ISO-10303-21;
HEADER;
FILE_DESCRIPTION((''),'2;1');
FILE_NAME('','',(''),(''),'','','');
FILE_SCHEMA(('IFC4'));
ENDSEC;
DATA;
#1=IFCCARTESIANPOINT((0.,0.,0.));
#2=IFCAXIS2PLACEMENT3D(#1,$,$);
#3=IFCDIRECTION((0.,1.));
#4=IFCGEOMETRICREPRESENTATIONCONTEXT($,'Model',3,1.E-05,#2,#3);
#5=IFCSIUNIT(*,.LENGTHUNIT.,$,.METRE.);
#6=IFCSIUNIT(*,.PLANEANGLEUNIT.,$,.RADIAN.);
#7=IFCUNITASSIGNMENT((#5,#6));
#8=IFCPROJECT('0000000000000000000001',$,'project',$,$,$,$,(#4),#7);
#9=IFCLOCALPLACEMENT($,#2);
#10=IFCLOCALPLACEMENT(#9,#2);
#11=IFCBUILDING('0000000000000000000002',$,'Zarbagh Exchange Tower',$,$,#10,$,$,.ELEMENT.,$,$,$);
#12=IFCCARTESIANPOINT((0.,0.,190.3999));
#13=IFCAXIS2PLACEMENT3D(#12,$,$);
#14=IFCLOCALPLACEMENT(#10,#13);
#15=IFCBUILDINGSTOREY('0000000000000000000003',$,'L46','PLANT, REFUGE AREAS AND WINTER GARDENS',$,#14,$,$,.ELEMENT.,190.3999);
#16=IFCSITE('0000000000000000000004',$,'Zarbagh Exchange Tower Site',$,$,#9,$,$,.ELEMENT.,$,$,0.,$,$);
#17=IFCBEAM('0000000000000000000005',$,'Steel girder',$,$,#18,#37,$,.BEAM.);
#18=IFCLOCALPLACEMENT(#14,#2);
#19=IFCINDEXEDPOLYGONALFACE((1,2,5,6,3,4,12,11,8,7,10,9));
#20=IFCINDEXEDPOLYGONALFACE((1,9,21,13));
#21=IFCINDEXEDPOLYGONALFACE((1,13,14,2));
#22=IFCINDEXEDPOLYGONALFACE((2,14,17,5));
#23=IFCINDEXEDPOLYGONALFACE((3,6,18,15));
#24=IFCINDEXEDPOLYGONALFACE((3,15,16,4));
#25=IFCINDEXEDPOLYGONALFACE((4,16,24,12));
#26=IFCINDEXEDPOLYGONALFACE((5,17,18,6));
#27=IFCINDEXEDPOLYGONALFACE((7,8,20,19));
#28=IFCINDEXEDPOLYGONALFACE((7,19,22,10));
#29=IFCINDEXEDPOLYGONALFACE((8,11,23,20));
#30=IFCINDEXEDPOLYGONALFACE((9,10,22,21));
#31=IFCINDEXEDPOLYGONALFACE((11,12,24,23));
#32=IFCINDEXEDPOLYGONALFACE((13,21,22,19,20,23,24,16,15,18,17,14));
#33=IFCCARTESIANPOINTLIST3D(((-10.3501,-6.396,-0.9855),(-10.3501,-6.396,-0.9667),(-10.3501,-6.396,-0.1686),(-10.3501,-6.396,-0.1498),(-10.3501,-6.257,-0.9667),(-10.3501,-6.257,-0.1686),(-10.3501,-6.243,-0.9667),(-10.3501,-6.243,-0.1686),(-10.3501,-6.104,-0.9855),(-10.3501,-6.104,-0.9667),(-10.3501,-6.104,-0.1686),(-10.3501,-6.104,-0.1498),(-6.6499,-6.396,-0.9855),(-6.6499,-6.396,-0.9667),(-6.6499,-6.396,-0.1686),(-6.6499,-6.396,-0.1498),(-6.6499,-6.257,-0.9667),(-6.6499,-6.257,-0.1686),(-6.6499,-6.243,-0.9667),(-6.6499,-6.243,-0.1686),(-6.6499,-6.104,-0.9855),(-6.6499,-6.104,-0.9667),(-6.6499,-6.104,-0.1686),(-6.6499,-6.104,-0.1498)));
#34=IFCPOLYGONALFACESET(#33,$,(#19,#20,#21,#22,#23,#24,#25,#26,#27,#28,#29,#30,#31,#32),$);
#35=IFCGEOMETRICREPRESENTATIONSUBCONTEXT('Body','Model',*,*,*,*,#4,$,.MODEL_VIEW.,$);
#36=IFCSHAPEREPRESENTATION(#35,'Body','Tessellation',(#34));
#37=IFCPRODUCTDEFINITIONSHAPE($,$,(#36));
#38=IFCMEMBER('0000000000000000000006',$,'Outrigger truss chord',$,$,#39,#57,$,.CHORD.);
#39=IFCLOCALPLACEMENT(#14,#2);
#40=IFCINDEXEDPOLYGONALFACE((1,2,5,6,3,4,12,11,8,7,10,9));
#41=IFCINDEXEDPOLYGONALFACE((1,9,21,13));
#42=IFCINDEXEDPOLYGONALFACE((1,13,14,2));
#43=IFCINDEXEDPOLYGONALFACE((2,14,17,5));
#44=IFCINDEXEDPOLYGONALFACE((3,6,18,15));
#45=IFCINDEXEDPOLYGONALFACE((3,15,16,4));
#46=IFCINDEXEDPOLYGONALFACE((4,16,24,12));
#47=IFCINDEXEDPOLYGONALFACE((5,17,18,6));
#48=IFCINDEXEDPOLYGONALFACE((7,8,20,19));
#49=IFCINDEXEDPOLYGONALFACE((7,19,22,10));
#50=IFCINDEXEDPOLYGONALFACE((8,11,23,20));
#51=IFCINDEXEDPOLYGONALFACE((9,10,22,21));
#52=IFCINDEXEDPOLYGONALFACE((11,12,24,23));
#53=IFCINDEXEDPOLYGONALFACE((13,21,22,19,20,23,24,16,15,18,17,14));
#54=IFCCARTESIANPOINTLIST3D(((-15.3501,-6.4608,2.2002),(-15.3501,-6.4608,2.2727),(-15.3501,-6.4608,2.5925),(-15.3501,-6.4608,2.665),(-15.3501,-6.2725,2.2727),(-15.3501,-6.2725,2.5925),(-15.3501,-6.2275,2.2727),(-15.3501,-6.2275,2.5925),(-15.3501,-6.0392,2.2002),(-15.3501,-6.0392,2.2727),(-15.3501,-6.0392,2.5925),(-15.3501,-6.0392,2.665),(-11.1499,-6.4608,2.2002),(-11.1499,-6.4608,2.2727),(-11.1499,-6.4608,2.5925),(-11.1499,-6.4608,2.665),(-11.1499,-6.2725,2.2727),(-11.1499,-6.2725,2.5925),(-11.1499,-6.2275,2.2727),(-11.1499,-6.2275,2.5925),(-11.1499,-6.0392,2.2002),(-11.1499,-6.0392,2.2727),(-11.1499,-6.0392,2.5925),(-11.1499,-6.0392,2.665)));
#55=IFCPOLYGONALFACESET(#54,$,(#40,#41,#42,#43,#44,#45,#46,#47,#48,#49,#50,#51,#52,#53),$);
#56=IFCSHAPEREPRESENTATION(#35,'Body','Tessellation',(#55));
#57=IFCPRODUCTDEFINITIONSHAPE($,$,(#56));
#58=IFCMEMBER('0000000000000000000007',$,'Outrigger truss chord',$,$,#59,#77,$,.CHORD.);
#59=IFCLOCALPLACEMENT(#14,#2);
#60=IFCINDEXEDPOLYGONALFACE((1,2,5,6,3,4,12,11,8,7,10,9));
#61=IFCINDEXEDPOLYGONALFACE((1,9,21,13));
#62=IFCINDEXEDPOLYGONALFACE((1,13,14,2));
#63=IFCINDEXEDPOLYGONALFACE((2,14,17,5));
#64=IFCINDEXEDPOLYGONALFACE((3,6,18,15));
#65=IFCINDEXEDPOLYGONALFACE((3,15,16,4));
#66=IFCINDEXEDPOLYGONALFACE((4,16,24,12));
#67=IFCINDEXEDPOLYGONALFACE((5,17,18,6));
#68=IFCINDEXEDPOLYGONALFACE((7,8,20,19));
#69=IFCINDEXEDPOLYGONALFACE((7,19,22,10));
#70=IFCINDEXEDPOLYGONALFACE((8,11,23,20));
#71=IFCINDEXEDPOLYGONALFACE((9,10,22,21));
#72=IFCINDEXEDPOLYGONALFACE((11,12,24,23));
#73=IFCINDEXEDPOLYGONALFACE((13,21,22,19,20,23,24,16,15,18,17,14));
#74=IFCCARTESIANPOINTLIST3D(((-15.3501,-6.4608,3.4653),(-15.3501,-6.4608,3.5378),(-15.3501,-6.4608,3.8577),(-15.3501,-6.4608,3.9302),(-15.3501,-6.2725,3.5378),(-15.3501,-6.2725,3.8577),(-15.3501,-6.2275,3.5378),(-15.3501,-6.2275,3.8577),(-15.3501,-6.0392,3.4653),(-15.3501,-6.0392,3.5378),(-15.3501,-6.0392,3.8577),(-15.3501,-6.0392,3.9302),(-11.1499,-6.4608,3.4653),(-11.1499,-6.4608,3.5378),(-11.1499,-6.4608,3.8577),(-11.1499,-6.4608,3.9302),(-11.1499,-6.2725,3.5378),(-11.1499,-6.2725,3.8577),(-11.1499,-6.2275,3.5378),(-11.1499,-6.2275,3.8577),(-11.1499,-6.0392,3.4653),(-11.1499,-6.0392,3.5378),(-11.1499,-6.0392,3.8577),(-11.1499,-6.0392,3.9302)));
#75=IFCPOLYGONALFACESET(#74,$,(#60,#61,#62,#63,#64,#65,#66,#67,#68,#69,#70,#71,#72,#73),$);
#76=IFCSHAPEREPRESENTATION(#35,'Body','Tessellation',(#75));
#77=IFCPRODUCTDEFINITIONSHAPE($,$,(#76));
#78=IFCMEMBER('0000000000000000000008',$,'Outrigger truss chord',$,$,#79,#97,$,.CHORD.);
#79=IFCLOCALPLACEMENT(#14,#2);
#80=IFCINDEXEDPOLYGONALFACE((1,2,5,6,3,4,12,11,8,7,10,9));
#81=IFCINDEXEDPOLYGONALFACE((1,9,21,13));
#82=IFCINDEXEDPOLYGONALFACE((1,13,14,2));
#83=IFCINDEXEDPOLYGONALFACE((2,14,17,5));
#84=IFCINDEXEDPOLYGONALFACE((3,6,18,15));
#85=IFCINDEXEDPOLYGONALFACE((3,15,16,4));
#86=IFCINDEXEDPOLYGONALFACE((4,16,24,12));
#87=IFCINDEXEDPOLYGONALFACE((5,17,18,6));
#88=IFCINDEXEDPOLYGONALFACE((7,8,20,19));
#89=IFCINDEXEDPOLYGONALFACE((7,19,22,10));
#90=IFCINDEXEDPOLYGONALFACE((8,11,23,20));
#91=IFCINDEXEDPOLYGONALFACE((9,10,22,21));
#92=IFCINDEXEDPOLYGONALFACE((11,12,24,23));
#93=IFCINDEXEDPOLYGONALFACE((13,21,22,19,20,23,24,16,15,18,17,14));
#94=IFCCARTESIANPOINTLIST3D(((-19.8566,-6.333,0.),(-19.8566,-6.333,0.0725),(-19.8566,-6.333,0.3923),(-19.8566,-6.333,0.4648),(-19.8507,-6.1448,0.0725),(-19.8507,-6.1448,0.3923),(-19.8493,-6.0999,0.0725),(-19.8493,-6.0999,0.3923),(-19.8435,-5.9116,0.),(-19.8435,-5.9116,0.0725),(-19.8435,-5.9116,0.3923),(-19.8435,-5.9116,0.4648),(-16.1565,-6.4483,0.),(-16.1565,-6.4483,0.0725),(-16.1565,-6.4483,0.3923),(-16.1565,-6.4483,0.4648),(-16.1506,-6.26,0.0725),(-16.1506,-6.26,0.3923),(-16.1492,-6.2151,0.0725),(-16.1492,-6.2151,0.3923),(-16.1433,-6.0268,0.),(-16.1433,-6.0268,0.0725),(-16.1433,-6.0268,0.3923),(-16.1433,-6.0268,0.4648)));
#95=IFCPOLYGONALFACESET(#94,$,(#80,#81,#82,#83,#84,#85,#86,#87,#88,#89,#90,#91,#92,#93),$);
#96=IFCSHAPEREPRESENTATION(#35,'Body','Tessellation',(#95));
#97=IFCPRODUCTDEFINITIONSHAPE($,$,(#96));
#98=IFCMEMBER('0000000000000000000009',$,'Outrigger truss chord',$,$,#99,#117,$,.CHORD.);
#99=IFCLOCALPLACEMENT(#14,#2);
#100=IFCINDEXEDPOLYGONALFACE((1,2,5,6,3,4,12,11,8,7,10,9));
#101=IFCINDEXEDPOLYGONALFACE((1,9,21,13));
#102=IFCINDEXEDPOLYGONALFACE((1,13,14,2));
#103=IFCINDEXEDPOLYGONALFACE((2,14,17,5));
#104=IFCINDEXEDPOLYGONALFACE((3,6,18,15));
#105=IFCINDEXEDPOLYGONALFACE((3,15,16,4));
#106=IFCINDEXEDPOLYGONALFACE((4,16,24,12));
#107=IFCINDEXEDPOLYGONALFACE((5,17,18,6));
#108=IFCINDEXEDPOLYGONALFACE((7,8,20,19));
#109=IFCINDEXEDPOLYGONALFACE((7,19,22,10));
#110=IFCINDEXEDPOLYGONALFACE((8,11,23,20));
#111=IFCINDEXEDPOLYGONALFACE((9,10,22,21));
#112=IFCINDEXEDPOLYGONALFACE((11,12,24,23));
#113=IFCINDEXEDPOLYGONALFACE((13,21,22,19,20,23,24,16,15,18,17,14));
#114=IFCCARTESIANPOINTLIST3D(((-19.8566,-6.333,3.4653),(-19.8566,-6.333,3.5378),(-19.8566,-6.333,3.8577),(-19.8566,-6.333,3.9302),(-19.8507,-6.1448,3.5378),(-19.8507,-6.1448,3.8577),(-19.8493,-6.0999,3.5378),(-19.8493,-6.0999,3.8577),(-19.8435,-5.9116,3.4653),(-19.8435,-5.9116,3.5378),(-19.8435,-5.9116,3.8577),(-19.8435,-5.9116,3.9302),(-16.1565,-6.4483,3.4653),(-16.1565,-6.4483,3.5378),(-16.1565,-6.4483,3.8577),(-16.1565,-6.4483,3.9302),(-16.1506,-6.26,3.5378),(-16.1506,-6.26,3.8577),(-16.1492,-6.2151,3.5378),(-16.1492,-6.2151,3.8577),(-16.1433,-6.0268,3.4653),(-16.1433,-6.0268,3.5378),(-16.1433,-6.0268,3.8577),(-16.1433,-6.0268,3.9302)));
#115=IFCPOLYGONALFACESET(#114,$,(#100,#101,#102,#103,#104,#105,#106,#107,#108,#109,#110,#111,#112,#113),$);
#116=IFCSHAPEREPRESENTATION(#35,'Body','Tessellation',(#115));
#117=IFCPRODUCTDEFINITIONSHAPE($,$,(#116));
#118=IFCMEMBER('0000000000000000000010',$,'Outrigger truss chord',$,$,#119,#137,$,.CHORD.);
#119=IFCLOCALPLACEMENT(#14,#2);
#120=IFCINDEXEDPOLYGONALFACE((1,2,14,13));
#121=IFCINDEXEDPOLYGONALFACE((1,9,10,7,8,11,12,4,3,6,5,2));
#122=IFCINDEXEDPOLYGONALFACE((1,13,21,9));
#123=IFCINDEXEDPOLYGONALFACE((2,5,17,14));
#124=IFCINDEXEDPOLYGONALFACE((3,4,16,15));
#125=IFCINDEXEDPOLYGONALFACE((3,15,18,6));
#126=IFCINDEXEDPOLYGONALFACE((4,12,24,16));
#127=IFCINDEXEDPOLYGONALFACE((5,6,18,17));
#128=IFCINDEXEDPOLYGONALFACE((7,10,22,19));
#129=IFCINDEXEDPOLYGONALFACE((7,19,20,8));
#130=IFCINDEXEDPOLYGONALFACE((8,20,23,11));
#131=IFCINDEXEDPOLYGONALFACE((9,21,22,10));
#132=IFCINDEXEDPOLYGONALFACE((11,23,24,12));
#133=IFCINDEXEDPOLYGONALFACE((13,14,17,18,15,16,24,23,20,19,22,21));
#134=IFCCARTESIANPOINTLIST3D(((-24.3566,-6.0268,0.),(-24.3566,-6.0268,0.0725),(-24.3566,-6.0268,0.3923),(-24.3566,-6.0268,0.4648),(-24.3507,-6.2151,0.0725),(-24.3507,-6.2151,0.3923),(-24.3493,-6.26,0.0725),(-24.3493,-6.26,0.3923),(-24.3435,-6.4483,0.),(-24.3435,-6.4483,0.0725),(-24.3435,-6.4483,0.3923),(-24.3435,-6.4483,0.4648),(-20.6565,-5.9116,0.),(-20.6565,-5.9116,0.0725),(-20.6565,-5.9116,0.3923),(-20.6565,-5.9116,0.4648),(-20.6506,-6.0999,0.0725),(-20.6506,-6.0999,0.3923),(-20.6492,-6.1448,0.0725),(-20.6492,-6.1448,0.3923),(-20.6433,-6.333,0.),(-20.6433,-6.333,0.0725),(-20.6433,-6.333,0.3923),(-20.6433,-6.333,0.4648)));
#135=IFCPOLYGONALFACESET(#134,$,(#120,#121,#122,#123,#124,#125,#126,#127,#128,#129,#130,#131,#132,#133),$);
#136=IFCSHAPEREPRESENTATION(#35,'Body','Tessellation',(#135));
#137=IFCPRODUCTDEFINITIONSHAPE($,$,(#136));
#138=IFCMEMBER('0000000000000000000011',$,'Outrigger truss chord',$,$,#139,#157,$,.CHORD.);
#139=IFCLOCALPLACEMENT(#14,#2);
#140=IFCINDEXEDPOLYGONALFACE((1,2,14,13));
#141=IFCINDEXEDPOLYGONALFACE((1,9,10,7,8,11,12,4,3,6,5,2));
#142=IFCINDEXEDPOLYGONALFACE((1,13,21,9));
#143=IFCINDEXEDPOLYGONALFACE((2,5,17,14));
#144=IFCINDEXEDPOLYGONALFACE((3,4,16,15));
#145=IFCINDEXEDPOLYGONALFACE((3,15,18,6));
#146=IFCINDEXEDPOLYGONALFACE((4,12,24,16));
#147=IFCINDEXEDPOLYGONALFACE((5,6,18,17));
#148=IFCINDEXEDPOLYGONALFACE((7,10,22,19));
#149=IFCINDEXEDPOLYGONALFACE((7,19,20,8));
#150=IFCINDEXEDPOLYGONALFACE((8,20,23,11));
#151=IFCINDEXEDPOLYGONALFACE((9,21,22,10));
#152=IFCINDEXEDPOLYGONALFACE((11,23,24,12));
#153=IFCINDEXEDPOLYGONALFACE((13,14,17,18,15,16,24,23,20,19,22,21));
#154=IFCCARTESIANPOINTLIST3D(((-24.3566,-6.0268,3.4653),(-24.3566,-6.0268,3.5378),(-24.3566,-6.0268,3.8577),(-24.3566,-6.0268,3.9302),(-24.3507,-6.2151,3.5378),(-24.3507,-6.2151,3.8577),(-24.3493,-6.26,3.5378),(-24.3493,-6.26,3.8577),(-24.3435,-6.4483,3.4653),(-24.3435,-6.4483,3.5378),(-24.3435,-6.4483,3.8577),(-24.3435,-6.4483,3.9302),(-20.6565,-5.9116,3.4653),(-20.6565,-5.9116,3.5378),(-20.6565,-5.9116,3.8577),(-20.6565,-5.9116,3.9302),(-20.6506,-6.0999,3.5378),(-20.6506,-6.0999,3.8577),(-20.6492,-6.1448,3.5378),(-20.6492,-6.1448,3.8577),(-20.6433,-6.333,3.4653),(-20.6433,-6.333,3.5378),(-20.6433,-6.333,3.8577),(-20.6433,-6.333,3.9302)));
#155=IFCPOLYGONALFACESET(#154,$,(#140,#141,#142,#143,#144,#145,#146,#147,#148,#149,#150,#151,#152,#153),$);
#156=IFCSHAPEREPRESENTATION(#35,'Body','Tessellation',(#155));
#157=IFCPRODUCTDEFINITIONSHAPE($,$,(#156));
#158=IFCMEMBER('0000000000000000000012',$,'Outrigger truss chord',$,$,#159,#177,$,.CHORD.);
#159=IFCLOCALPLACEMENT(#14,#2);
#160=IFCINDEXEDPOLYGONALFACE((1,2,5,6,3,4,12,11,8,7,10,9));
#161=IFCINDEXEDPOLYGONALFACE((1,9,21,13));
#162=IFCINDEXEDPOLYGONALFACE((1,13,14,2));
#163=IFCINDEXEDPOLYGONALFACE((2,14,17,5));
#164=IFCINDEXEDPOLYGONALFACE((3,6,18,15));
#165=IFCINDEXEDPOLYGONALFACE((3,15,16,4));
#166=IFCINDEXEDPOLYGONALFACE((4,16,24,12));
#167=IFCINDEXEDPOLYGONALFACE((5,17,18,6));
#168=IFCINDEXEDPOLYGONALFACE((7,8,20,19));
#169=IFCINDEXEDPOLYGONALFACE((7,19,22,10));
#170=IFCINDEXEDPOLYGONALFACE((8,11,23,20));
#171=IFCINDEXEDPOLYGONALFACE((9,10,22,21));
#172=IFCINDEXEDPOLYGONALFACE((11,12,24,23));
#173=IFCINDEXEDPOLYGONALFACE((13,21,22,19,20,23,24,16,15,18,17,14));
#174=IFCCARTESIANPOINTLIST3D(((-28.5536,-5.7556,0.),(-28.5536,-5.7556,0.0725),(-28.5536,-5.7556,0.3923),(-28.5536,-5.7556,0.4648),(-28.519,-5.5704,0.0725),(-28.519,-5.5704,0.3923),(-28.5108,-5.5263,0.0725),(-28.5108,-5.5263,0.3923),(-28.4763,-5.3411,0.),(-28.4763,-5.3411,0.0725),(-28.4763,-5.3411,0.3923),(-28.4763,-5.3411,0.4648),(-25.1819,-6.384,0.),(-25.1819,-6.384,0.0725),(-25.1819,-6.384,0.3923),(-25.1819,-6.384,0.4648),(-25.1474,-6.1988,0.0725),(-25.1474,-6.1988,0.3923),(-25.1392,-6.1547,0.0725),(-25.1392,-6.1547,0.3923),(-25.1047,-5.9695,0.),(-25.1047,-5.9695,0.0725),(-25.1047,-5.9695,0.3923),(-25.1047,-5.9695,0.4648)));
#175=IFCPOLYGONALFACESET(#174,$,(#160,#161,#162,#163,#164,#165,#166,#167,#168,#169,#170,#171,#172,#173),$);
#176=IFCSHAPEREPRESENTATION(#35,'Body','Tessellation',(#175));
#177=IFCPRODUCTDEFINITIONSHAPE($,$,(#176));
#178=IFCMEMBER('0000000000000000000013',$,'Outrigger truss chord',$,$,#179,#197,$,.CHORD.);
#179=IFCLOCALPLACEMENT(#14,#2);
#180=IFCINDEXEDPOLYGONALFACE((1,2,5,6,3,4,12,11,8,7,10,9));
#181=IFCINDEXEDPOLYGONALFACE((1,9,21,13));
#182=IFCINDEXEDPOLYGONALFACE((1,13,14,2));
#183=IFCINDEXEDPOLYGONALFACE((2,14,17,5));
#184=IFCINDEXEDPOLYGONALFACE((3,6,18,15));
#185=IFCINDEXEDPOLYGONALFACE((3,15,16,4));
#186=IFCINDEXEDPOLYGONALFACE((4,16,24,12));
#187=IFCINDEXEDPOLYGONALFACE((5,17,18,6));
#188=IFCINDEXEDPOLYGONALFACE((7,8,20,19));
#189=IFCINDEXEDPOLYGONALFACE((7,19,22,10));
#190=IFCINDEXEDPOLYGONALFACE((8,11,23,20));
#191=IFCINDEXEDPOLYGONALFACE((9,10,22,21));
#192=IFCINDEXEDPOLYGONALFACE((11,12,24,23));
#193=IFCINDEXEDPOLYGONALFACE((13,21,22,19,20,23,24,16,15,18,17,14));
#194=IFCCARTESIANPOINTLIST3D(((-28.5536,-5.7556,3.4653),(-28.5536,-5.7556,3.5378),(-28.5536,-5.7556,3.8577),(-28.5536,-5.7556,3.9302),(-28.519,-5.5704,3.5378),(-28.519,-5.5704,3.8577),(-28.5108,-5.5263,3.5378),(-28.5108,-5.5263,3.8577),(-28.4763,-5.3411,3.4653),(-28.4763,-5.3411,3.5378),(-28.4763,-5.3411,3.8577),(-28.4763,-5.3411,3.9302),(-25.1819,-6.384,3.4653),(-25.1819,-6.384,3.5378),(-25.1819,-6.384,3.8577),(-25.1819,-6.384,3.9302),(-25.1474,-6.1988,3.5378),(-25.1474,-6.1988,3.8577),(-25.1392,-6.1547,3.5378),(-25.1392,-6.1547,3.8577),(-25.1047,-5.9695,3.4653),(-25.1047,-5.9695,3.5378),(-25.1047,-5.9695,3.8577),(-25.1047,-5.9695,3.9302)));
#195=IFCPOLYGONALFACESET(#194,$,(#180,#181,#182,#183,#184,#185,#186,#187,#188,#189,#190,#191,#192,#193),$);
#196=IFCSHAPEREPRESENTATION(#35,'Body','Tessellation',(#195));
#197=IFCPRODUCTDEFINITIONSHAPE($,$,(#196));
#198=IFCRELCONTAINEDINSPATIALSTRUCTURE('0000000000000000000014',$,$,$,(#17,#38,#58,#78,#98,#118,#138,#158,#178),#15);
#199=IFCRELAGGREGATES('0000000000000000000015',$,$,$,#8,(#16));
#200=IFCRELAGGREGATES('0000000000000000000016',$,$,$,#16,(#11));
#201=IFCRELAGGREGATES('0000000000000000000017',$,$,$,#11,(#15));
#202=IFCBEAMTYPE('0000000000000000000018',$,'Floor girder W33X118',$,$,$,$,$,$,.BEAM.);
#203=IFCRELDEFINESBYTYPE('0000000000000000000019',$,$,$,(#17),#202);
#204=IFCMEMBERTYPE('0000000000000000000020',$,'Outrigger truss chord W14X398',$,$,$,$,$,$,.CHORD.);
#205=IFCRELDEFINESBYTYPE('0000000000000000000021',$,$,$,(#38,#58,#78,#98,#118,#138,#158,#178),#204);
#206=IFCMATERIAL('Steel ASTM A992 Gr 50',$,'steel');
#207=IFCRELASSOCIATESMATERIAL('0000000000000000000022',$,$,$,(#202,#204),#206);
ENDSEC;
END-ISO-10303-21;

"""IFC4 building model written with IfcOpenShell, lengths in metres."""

from ifc_helpers import new_model, si_unit, direction, frame, origin, origin_2d, place, context, subcontext, project, spatial, i_section, extrude, material, material_profile, profile_set, type_object, element, save


model = new_model("IFC4")

# Units and contexts
model_context = context("Model", 3, precision=1e-05, world=origin(), true_north=direction((0.0, 1.0)))
body_context = subcontext(model_context, "Body", "Model", "MODEL_VIEW")
ifc_project = project(units=[si_unit("LENGTHUNIT", "METRE"), si_unit("PLANEANGLEUNIT", "RADIAN")], contexts=[model_context])

# Site, building, storey
site_placement = place(None, origin())
site = spatial("IfcSite", under=ifc_project, at=site_placement, Name="Zarbagh Exchange Tower Site", CompositionType="ELEMENT", RefElevation=0.0)
building_placement = place(site_placement, origin())
building = spatial("IfcBuilding", under=site, at=building_placement, Name="Zarbagh Exchange Tower", CompositionType="ELEMENT")
storey_placement = place(building_placement, frame((0.0, 0.0, 190.3999)))
storey = spatial("IfcBuildingStorey", under=building, at=storey_placement, Name="L46", Description="PLANT, REFUGE AREAS AND WINTER GARDENS", CompositionType="ELEMENT", Elevation=190.3999)

# Shared definitions
ifc_material_1 = material(Name="Steel ASTM A992 Gr 50", Category="steel")

# Beam
ifc_material_profile_1 = material_profile(ifc_material_1, i_section(OverallWidth=0.292, OverallDepth=0.8357, WebThickness=0.0139, FlangeThickness=0.0188, at=origin_2d()), Name="W33X118")
ifc_profile_set_1 = profile_set([ifc_material_profile_1], Name="Steel ASTM A992 Gr 50")
beam_type_1 = type_object("IfcBeamType", Name="Floor girder W33X118", PredefinedType="BEAM", material=ifc_profile_set_1)
beam_1_placement = place(storey_placement, frame((-10.3501, -6.25, -0.5676), z_axis=(1.0, 0.0, 0.0), x_axis=(0.0, 1.0, 0.0)))
element("IfcBeam", 1, at=beam_1_placement, inside=storey, type_object=beam_type_1, Name="Steel girder", PredefinedType="BEAM", context=body_context, shape_type="SweptSolid", body=[
    extrude(i_section(OverallWidth=0.292, OverallDepth=0.8357, WebThickness=0.0139, FlangeThickness=0.0188, at=origin_2d()), origin(), (0.0, 0.0, 1.0), 3.7002),
])

# Members
ifc_material_profile_2 = material_profile(ifc_material_1, i_section(OverallWidth=0.4216, OverallDepth=0.4648, WebThickness=0.0449, FlangeThickness=0.0725, at=origin_2d()), Name="W14X398")
ifc_profile_set_2 = profile_set([ifc_material_profile_2], Name="Steel ASTM A992 Gr 50")
member_type_1 = type_object("IfcMemberType", Name="Outrigger truss chord W14X398", PredefinedType="CHORD", material=ifc_profile_set_2)
for number, where, z_axis, x_axis, name in (
    (2, (-11.1499, -6.25, 2.4326), (-1.0, 0.0, 0.0), (0.0, -1.0, 0.0), "Outrigger truss chord"),
    (3, (-11.1499, -6.25, 3.6978), (-1.0, 0.0, 0.0), (0.0, -1.0, 0.0), "Outrigger truss chord"),
):
    element("IfcMember", number, at=place(storey_placement, frame(where, z_axis=z_axis, x_axis=x_axis)), inside=storey, type_object=member_type_1, Name=name, PredefinedType="CHORD", context=body_context, shape_type="SweptSolid", body=[
        extrude(i_section(OverallWidth=0.4216, OverallDepth=0.4648, WebThickness=0.0449, FlangeThickness=0.0725, at=origin_2d()), origin(), (0.0, 0.0, 1.0), 4.2002),
    ])
for number, where, z_axis, x_axis, name in (
    (4, (-16.1499, -6.2375, 0.2324), (-0.999515, 0.031128, 0.0), (-0.031128, -0.999515, 0.0), "Outrigger truss chord"),
    (5, (-16.1499, -6.2375, 3.6978), (-0.999515, 0.031128, 0.0), (-0.031128, -0.999515, 0.0), "Outrigger truss chord"),
    (6, (-20.6499, -6.1223, 0.2324), (-0.999515, -0.031128, 0.0), (0.031128, -0.999515, 0.0), "Outrigger truss chord"),
    (7, (-20.6499, -6.1223, 3.6978), (-0.999515, -0.031128, 0.0), (0.031128, -0.999515, 0.0), "Outrigger truss chord"),
):
    element("IfcMember", number, at=place(storey_placement, frame(where, z_axis=z_axis, x_axis=x_axis)), inside=storey, type_object=member_type_1, Name=name, PredefinedType="CHORD", context=body_context, shape_type="SweptSolid", body=[
        extrude(i_section(OverallWidth=0.4216, OverallDepth=0.4648, WebThickness=0.0449, FlangeThickness=0.0725, at=origin_2d()), origin(), (0.0, 0.0, 1.0), 3.7019),
    ])
for number, where, z_axis, x_axis, name in (
    (8, (-25.1433, -6.1768, 0.2324), (-0.98307, 0.183231, 0.0), (-0.183231, -0.98307, 0.0), "Outrigger truss chord"),
    (9, (-25.1433, -6.1768, 3.6978), (-0.98307, 0.183231, 0.0), (-0.183231, -0.98307, 0.0), "Outrigger truss chord"),
):
    element("IfcMember", number, at=place(storey_placement, frame(where, z_axis=z_axis, x_axis=x_axis)), inside=storey, type_object=member_type_1, Name=name, PredefinedType="CHORD", context=body_context, shape_type="SweptSolid", body=[
        extrude(i_section(OverallWidth=0.4216, OverallDepth=0.4648, WebThickness=0.0449, FlangeThickness=0.0725, at=origin_2d()), origin(), (0.0, 0.0, 1.0), 3.4297),
    ])

save(model, "model.ifc")
